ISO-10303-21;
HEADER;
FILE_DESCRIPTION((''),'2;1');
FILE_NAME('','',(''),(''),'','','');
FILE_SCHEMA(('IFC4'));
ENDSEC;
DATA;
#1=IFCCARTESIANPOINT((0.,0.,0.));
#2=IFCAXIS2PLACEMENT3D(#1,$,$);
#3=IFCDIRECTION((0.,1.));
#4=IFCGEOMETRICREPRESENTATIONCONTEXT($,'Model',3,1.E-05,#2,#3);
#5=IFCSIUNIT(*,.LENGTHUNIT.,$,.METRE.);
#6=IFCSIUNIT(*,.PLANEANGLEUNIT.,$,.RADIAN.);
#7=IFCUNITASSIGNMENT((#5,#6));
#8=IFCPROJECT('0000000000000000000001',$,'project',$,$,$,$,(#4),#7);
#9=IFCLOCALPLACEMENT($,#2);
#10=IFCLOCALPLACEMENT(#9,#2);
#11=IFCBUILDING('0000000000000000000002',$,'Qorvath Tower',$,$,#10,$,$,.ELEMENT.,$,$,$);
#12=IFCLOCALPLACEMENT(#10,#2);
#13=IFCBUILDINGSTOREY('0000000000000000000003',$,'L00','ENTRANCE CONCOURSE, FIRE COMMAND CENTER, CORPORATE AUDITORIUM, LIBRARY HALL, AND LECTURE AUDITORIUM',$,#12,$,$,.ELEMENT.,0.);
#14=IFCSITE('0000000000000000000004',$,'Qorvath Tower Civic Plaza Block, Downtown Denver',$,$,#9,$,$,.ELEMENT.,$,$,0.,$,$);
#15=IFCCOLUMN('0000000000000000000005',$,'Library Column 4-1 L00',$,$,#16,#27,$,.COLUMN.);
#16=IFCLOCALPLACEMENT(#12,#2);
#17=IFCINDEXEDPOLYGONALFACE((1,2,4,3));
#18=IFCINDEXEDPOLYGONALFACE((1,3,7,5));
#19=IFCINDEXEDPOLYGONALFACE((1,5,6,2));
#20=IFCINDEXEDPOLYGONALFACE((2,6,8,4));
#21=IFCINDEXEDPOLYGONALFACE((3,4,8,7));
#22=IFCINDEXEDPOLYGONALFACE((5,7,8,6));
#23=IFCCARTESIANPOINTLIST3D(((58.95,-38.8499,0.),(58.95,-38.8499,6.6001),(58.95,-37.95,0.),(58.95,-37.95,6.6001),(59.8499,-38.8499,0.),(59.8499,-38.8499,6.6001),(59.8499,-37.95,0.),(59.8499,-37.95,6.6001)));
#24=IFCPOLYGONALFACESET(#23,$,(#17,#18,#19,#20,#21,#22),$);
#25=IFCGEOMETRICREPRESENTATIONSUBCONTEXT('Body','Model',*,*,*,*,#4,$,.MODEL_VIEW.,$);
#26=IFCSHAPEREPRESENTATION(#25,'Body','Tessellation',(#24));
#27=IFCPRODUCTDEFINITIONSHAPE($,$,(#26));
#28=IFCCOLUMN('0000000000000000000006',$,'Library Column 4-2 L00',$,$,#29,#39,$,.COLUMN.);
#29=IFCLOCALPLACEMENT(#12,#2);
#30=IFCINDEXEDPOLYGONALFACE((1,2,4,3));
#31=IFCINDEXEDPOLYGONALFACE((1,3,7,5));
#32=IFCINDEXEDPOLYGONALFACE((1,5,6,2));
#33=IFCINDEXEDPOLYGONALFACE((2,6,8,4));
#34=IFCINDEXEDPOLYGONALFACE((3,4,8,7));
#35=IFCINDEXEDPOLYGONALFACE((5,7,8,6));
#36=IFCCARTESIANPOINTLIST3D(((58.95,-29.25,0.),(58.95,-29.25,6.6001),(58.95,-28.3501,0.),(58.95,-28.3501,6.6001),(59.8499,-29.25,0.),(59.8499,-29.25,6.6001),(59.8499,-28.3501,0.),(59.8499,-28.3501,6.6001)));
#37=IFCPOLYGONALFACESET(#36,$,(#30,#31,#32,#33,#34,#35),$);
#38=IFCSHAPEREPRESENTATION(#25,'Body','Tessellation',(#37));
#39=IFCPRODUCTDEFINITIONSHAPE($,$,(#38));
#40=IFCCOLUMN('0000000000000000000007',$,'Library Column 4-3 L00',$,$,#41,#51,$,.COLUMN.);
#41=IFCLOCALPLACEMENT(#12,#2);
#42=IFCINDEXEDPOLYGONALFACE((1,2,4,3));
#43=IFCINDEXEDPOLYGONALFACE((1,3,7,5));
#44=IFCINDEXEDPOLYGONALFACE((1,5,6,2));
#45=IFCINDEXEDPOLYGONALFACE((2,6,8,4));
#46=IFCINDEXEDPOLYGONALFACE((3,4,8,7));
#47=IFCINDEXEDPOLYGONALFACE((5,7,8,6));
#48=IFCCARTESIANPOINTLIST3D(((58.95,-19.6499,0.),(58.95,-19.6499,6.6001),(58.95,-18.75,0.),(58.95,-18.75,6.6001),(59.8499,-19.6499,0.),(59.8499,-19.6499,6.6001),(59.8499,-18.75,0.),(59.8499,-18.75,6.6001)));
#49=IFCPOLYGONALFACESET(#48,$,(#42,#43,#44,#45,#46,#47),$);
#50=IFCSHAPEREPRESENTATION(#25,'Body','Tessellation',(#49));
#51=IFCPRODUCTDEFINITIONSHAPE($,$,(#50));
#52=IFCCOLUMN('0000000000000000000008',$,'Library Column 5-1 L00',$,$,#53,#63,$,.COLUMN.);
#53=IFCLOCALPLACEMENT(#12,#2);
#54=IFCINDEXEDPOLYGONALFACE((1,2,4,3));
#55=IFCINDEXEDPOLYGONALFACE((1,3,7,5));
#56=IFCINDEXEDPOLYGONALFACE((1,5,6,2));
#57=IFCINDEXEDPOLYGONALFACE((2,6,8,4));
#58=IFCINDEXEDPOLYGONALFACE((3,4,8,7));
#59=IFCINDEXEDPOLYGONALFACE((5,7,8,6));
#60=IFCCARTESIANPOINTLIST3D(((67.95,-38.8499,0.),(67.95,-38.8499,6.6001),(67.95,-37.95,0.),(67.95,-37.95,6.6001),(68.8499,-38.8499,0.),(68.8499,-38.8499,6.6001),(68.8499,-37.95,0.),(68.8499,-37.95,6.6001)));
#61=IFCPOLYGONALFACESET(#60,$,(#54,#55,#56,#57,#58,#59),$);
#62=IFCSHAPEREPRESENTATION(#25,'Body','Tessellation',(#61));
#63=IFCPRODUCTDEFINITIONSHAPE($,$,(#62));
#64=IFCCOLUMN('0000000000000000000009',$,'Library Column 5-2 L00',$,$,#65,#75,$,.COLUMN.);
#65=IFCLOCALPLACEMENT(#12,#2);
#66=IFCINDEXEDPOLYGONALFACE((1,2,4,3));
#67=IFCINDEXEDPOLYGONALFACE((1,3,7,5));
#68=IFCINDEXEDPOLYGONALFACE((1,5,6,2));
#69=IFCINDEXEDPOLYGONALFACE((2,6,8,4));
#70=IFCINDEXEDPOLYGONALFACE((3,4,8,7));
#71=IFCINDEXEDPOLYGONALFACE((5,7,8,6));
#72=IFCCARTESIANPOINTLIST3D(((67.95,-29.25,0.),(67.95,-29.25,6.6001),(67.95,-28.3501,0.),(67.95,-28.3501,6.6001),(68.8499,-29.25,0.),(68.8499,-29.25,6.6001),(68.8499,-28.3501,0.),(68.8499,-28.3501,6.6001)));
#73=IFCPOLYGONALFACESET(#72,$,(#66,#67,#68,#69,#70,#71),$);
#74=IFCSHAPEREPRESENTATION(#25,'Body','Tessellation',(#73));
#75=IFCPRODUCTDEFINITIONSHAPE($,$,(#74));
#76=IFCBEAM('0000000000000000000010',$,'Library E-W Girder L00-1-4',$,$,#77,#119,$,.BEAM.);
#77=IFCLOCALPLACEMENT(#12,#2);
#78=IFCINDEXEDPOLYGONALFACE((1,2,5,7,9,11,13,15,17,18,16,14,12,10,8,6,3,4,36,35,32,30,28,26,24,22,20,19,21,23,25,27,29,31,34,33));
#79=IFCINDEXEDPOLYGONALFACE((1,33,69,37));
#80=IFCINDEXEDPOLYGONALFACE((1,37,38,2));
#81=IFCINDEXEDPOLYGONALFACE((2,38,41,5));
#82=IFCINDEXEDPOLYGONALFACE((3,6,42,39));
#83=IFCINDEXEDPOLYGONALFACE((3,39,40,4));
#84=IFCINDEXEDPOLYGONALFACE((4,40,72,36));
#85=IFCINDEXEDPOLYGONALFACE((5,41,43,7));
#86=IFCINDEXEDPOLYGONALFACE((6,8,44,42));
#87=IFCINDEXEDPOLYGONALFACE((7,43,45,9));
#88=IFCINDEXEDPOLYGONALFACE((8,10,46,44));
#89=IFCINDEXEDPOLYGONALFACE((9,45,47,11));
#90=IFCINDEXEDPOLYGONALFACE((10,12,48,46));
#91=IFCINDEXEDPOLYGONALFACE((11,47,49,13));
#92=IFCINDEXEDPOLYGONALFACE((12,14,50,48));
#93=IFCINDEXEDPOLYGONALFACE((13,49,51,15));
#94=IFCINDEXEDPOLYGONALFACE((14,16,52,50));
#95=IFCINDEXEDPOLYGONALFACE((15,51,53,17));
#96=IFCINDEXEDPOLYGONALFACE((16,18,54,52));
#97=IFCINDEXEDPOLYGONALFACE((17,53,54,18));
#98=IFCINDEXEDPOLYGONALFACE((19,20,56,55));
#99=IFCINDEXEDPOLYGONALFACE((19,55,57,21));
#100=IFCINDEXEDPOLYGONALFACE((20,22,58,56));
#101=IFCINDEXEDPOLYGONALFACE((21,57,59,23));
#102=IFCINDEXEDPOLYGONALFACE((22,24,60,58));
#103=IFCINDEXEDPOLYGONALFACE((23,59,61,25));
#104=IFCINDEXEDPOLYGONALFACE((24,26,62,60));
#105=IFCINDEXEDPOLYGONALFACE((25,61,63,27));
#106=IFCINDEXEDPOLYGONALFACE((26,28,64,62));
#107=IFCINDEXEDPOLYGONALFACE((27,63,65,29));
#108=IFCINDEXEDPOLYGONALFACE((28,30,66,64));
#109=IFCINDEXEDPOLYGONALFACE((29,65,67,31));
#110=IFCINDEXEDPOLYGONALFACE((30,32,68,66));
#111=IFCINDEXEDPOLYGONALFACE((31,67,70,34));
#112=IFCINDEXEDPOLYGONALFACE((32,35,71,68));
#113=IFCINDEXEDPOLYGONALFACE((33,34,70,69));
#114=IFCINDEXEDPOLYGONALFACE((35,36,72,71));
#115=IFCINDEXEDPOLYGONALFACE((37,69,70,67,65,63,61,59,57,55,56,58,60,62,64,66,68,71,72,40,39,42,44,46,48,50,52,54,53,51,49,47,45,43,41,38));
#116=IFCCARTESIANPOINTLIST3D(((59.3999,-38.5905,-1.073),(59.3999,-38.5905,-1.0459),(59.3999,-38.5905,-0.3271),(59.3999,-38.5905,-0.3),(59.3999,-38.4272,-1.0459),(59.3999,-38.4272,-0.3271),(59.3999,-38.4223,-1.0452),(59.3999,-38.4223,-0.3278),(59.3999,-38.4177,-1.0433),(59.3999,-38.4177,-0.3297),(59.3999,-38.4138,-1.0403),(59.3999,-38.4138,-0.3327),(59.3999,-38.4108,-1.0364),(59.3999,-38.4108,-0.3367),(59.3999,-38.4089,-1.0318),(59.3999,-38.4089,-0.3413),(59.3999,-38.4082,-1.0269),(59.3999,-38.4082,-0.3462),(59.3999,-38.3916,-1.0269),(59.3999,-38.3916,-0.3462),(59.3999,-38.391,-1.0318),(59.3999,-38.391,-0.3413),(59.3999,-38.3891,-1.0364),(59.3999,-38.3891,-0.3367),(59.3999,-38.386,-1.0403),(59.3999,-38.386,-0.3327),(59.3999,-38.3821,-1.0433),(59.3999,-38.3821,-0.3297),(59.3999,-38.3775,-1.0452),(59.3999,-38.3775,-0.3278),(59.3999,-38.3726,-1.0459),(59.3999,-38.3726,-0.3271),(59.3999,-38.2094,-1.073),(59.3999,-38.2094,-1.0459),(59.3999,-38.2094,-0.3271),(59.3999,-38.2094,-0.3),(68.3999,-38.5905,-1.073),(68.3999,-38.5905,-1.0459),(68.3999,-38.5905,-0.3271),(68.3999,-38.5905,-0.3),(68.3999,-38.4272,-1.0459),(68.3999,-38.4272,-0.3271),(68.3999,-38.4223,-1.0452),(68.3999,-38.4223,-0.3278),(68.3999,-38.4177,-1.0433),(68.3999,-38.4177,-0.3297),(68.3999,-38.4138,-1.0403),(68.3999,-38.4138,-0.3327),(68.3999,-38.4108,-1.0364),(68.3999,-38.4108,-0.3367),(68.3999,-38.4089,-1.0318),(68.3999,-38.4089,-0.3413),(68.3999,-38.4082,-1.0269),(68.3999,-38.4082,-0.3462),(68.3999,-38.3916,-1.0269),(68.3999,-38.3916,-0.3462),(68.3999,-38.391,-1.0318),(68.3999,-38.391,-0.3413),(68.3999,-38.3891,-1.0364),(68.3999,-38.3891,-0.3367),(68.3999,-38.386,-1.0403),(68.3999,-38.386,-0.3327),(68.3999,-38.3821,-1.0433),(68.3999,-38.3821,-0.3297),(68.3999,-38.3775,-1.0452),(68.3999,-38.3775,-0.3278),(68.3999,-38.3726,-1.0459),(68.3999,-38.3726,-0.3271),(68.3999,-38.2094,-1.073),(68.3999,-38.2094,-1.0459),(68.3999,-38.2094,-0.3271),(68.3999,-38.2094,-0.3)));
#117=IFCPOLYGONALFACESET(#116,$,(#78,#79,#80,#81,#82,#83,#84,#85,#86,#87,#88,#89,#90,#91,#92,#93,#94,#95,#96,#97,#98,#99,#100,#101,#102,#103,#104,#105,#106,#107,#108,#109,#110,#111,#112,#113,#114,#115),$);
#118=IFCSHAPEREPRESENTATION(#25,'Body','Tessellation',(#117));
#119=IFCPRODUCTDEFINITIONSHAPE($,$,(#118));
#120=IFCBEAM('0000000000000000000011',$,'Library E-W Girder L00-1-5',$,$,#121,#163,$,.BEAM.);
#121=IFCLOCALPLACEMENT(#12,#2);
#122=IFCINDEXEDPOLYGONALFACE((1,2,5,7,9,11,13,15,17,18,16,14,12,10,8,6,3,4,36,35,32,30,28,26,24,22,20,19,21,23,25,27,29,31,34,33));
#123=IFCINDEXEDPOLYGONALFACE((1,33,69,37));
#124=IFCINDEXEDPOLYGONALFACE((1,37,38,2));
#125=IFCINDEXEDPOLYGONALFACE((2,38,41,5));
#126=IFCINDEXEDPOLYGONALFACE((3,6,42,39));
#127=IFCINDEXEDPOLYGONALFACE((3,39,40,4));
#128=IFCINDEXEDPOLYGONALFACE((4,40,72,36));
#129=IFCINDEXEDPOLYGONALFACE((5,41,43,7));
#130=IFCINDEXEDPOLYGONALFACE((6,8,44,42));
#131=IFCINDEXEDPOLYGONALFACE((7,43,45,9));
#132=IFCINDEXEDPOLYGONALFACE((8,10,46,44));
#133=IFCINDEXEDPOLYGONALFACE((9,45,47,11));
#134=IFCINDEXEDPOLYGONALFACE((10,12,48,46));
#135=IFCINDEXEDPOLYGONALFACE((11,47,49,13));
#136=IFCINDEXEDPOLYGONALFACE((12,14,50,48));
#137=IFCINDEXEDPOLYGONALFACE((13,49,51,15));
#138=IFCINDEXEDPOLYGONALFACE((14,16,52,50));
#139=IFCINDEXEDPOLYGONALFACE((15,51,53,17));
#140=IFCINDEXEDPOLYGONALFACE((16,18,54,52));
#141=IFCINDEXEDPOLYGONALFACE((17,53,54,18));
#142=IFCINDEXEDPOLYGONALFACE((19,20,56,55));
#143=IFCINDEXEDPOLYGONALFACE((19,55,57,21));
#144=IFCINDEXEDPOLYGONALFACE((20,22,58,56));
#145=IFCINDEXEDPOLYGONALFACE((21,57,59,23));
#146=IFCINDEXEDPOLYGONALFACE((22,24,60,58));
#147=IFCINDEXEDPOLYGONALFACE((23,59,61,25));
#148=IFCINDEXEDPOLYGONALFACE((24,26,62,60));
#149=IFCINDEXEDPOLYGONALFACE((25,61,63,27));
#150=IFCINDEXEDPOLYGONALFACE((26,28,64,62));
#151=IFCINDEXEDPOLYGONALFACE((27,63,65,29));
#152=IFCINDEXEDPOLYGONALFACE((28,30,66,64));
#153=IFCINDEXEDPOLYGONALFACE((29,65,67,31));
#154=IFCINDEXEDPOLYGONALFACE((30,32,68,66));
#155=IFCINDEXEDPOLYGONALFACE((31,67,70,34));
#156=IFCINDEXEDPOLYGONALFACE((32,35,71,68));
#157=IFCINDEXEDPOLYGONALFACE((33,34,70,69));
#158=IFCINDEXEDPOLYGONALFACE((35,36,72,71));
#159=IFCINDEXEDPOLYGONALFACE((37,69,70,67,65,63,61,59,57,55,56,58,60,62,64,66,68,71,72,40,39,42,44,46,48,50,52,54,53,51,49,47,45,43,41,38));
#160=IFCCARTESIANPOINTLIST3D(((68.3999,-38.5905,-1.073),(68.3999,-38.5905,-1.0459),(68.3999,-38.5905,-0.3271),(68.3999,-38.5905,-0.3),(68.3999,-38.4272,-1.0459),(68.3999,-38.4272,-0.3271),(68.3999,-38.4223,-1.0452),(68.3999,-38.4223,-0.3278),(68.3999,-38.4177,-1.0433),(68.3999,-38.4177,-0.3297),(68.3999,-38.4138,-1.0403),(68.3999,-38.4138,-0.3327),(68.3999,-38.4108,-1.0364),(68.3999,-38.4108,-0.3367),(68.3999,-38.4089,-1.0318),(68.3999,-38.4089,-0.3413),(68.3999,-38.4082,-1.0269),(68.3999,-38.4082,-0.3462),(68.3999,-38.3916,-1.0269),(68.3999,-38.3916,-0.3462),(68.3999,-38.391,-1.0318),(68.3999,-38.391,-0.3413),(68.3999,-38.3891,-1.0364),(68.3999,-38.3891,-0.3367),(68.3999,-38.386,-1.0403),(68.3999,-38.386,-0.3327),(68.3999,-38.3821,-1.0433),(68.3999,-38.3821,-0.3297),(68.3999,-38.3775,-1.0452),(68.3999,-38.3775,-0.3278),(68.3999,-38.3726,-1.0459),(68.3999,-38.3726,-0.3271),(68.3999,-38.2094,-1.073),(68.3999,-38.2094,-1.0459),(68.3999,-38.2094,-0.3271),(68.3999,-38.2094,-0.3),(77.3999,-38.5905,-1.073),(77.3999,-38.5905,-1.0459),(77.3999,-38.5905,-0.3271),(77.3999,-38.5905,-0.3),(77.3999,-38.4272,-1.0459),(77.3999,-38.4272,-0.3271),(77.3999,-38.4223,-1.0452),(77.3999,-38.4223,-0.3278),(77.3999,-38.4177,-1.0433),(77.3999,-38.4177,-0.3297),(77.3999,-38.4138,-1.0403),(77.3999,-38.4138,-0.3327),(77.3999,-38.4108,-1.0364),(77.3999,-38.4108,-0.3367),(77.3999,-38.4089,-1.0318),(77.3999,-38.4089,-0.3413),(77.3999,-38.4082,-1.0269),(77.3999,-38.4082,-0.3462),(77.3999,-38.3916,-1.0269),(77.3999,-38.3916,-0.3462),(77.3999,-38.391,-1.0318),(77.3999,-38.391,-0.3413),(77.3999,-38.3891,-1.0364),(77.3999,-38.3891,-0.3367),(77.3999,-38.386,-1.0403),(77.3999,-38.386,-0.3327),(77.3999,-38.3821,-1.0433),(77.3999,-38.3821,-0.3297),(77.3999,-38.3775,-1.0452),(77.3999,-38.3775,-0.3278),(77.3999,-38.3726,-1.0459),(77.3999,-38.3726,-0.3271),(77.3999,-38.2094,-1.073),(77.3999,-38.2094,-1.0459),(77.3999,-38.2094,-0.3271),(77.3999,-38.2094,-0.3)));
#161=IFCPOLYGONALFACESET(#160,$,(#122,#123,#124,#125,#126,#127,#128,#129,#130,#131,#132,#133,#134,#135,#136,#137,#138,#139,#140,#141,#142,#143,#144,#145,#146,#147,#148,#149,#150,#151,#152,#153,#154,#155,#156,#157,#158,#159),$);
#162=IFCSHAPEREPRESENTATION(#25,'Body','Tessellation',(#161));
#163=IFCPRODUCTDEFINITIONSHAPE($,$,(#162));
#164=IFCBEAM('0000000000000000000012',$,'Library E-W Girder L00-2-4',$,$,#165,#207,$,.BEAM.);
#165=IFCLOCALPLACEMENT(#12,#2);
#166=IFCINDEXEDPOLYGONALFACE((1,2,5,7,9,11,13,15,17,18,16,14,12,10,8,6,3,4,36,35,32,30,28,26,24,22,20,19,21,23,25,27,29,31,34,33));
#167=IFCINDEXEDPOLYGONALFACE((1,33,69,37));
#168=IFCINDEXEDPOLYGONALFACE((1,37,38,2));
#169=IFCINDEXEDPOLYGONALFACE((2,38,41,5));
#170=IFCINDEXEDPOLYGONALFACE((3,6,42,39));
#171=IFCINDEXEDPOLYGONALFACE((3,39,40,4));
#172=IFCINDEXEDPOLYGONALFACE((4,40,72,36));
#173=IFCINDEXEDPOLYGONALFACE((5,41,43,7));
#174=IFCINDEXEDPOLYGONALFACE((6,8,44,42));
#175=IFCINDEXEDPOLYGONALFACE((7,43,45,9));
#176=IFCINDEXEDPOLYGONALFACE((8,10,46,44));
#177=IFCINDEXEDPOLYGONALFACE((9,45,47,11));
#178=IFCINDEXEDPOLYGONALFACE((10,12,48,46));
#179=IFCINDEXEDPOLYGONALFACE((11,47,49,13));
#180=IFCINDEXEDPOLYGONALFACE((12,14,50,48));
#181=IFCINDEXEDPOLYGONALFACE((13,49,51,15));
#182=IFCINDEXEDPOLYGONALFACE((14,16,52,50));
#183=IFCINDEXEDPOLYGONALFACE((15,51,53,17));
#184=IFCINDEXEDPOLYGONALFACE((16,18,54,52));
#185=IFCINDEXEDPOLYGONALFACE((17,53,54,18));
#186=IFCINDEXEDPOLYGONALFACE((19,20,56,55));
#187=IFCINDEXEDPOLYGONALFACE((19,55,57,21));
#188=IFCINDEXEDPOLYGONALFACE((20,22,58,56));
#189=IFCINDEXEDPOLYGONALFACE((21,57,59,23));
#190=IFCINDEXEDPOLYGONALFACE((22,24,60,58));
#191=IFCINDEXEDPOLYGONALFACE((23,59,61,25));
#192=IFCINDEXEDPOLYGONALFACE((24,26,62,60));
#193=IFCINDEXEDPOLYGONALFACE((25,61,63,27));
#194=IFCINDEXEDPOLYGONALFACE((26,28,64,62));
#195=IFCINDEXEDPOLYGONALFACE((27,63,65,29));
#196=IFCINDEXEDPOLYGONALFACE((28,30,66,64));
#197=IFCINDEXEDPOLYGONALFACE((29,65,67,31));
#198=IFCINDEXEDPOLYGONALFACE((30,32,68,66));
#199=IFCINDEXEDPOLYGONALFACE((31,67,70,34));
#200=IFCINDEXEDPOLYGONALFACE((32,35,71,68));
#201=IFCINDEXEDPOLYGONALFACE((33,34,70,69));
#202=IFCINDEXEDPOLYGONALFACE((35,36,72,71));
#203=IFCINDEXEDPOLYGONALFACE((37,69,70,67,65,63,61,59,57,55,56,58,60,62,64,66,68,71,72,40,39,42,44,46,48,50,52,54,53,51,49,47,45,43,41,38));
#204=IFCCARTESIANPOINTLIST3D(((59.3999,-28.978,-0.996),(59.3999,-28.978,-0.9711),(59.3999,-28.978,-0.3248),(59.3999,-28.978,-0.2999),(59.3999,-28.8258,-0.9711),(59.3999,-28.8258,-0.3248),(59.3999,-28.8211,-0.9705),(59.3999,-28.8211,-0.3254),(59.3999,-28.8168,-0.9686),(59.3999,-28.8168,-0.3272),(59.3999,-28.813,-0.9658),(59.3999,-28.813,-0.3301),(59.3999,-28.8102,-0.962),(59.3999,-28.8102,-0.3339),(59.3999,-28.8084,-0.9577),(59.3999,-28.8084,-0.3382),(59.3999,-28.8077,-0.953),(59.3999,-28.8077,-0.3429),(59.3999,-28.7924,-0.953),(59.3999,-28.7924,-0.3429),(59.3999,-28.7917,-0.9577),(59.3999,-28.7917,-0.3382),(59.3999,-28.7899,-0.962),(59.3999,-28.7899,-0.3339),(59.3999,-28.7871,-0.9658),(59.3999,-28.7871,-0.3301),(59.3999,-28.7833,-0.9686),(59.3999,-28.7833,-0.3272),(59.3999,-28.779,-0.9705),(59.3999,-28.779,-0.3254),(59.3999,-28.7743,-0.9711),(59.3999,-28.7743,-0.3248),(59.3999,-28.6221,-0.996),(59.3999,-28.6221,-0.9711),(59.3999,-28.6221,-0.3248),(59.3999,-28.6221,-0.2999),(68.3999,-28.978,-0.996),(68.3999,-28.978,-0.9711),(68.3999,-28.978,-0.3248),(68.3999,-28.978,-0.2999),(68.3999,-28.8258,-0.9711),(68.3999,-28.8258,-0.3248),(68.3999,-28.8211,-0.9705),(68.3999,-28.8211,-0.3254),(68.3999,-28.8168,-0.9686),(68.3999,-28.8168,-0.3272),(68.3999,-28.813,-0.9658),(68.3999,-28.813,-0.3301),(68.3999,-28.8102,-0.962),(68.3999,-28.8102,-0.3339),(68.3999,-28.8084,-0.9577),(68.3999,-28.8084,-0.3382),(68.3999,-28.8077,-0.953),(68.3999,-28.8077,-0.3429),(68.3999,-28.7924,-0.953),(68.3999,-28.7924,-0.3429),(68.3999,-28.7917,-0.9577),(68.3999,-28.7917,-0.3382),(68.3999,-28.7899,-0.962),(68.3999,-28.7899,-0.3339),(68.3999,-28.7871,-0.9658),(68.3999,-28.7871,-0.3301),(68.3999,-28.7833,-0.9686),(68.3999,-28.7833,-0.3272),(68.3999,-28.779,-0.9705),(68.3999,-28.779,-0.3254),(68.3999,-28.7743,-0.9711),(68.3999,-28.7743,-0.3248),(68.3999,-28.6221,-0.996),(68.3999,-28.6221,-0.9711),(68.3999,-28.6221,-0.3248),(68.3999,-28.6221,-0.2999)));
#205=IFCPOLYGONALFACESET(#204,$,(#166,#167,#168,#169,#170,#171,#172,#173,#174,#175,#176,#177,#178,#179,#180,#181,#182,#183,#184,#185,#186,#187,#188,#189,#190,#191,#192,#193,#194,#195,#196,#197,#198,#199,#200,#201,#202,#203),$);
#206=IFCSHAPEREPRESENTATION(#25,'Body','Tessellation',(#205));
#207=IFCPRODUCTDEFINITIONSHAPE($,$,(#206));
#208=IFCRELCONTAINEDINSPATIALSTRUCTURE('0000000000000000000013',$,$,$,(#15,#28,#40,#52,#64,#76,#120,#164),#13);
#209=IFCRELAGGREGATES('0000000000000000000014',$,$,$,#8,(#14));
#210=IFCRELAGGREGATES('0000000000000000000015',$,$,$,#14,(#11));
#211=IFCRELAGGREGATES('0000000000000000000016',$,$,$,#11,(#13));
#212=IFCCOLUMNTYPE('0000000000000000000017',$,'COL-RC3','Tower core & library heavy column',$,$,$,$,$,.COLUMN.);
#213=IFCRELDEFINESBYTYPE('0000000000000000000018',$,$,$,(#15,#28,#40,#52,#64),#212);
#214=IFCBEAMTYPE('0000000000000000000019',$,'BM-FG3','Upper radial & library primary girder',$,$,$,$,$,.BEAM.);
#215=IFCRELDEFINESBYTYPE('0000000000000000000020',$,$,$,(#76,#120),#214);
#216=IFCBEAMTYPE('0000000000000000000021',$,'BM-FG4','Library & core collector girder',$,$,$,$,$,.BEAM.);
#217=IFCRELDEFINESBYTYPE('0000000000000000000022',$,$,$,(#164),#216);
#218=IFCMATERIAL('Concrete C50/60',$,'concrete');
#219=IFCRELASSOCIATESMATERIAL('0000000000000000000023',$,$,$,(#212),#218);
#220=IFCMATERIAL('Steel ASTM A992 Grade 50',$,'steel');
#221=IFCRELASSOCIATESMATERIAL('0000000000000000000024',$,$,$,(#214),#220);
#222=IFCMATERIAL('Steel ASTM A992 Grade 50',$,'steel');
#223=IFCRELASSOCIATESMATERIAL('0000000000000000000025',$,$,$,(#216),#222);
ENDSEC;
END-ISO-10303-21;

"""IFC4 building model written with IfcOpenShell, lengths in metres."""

from ifc_helpers import new_model, si_unit, direction, frame, origin, origin_2d, place, context, subcontext, project, spatial, rectangle, i_section, extrude, material, material_profile, profile_set, type_object, element, save


model = new_model("IFC4")

# Units and contexts
model_context = context("Model", 3, precision=1e-05, world=origin(), true_north=direction((0.0, 1.0)))
body_context = subcontext(model_context, "Body", "Model", "MODEL_VIEW")
ifc_project = project(units=[si_unit("LENGTHUNIT", "METRE"), si_unit("PLANEANGLEUNIT", "RADIAN")], contexts=[model_context])

# Site, building, storey
site_placement = place(None, origin())
site = spatial("IfcSite", under=ifc_project, at=site_placement, Name="Qorvath Tower Civic Plaza Block, Downtown Denver", CompositionType="ELEMENT", RefElevation=0.0)
building_placement = place(site_placement, origin())
building = spatial("IfcBuilding", under=site, at=building_placement, Name="Qorvath Tower", CompositionType="ELEMENT")
storey_placement = place(building_placement, origin())
storey = spatial("IfcBuildingStorey", under=building, at=storey_placement, Name="L00", Description="ENTRANCE CONCOURSE, FIRE COMMAND CENTER, CORPORATE AUDITORIUM, LIBRARY HALL, AND LECTURE AUDITORIUM", CompositionType="ELEMENT", Elevation=0.0)

# Columns
ifc_material_1 = material(Name="Concrete C50/60", Category="concrete")
ifc_material_profile_1 = material_profile(ifc_material_1, rectangle(XDim=0.8999, YDim=0.8999, at=origin_2d()), Name="RC 900x900")
ifc_profile_set_1 = profile_set([ifc_material_profile_1], Name="Concrete C50/60")
column_type = type_object("IfcColumnType", Name="COL-RC3", Description="Tower core & library heavy column", PredefinedType="COLUMN", material=ifc_profile_set_1)
for number, where, z_axis, x_axis, name in (
    (1, (59.3999, -38.3999, 0.0), (0.0, 0.0, 1.0), (1.0, 0.0, 0.0), "Library Column 4-1 L00"),
    (2, (59.3999, -28.8, 0.0), (0.0, 0.0, 1.0), (1.0, 0.0, 0.0), "Library Column 4-2 L00"),
    (3, (59.3999, -19.2, 0.0), (0.0, 0.0, 1.0), (1.0, 0.0, 0.0), "Library Column 4-3 L00"),
    (4, (68.3999, -38.3999, 0.0), (0.0, 0.0, 1.0), (1.0, 0.0, 0.0), "Library Column 5-1 L00"),
    (5, (68.3999, -28.8, 0.0), (0.0, 0.0, 1.0), (1.0, 0.0, 0.0), "Library Column 5-2 L00"),
):
    element("IfcColumn", number, at=place(storey_placement, frame(where, z_axis=z_axis, x_axis=x_axis)), inside=storey, type_object=column_type, Name=name, PredefinedType="COLUMN", context=body_context, shape_type="SweptSolid", body=[
        extrude(rectangle(XDim=0.8999, YDim=0.8999, at=origin_2d()), origin(), (0.0, 0.0, 1.0), 6.6001),
    ])

# Beams
ifc_material_2 = material(Name="Steel ASTM A992 Grade 50", Category="steel")
ifc_material_profile_2 = material_profile(ifc_material_2, i_section(OverallWidth=0.3811, OverallDepth=0.7729, WebThickness=0.0166, FlangeThickness=0.0271, FilletRadius=0.019, at=origin_2d()), Name="W30x173")
ifc_profile_set_2 = profile_set([ifc_material_profile_2], Name="Steel ASTM A992 Grade 50")
beam_type_1 = type_object("IfcBeamType", Name="BM-FG3", Description="Upper radial & library primary girder", PredefinedType="BEAM", material=ifc_profile_set_2)
for number, where, z_axis, x_axis, name in (
    (6, (59.3999, -38.3999, -0.6865), (1.0, 0.0, 0.0), (0.0, 1.0, 0.0), "Library E-W Girder L00-1-4"),
    (7, (68.3999, -38.3999, -0.6865), (1.0, 0.0, 0.0), (0.0, 1.0, 0.0), "Library E-W Girder L00-1-5"),
):
    element("IfcBeam", number, at=place(storey_placement, frame(where, z_axis=z_axis, x_axis=x_axis)), inside=storey, type_object=beam_type_1, Name=name, PredefinedType="BEAM", context=body_context, shape_type="SweptSolid", body=[
        extrude(i_section(OverallWidth=0.3811, OverallDepth=0.7729, WebThickness=0.0166, FlangeThickness=0.0271, FilletRadius=0.019, at=origin_2d()), origin(), (0.0, 0.0, 1.0), 9.0),
    ])
ifc_material_3 = material(Name="Steel ASTM A992 Grade 50", Category="steel")
ifc_material_profile_3 = material_profile(ifc_material_3, i_section(OverallWidth=0.356, OverallDepth=0.696, WebThickness=0.0154, FlangeThickness=0.0249, FilletRadius=0.0181, at=origin_2d()), Name="W27x146")
ifc_profile_set_3 = profile_set([ifc_material_profile_3], Name="Steel ASTM A992 Grade 50")
beam_type_2 = type_object("IfcBeamType", Name="BM-FG4", Description="Library & core collector girder", PredefinedType="BEAM", material=ifc_profile_set_3)
for number, where, z_axis, x_axis, name in (
    (8, (59.3999, -28.8, -0.6479), (1.0, 0.0, 0.0), (0.0, 1.0, 0.0), "Library E-W Girder L00-2-4"),
):
    element("IfcBeam", number, at=place(storey_placement, frame(where, z_axis=z_axis, x_axis=x_axis)), inside=storey, type_object=beam_type_2, Name=name, PredefinedType="BEAM", context=body_context, shape_type="SweptSolid", body=[
        extrude(i_section(OverallWidth=0.356, OverallDepth=0.696, WebThickness=0.0154, FlangeThickness=0.0249, FilletRadius=0.0181, at=origin_2d()), origin(), (0.0, 0.0, 1.0), 9.0),
    ])

save(model, "model.ifc")
